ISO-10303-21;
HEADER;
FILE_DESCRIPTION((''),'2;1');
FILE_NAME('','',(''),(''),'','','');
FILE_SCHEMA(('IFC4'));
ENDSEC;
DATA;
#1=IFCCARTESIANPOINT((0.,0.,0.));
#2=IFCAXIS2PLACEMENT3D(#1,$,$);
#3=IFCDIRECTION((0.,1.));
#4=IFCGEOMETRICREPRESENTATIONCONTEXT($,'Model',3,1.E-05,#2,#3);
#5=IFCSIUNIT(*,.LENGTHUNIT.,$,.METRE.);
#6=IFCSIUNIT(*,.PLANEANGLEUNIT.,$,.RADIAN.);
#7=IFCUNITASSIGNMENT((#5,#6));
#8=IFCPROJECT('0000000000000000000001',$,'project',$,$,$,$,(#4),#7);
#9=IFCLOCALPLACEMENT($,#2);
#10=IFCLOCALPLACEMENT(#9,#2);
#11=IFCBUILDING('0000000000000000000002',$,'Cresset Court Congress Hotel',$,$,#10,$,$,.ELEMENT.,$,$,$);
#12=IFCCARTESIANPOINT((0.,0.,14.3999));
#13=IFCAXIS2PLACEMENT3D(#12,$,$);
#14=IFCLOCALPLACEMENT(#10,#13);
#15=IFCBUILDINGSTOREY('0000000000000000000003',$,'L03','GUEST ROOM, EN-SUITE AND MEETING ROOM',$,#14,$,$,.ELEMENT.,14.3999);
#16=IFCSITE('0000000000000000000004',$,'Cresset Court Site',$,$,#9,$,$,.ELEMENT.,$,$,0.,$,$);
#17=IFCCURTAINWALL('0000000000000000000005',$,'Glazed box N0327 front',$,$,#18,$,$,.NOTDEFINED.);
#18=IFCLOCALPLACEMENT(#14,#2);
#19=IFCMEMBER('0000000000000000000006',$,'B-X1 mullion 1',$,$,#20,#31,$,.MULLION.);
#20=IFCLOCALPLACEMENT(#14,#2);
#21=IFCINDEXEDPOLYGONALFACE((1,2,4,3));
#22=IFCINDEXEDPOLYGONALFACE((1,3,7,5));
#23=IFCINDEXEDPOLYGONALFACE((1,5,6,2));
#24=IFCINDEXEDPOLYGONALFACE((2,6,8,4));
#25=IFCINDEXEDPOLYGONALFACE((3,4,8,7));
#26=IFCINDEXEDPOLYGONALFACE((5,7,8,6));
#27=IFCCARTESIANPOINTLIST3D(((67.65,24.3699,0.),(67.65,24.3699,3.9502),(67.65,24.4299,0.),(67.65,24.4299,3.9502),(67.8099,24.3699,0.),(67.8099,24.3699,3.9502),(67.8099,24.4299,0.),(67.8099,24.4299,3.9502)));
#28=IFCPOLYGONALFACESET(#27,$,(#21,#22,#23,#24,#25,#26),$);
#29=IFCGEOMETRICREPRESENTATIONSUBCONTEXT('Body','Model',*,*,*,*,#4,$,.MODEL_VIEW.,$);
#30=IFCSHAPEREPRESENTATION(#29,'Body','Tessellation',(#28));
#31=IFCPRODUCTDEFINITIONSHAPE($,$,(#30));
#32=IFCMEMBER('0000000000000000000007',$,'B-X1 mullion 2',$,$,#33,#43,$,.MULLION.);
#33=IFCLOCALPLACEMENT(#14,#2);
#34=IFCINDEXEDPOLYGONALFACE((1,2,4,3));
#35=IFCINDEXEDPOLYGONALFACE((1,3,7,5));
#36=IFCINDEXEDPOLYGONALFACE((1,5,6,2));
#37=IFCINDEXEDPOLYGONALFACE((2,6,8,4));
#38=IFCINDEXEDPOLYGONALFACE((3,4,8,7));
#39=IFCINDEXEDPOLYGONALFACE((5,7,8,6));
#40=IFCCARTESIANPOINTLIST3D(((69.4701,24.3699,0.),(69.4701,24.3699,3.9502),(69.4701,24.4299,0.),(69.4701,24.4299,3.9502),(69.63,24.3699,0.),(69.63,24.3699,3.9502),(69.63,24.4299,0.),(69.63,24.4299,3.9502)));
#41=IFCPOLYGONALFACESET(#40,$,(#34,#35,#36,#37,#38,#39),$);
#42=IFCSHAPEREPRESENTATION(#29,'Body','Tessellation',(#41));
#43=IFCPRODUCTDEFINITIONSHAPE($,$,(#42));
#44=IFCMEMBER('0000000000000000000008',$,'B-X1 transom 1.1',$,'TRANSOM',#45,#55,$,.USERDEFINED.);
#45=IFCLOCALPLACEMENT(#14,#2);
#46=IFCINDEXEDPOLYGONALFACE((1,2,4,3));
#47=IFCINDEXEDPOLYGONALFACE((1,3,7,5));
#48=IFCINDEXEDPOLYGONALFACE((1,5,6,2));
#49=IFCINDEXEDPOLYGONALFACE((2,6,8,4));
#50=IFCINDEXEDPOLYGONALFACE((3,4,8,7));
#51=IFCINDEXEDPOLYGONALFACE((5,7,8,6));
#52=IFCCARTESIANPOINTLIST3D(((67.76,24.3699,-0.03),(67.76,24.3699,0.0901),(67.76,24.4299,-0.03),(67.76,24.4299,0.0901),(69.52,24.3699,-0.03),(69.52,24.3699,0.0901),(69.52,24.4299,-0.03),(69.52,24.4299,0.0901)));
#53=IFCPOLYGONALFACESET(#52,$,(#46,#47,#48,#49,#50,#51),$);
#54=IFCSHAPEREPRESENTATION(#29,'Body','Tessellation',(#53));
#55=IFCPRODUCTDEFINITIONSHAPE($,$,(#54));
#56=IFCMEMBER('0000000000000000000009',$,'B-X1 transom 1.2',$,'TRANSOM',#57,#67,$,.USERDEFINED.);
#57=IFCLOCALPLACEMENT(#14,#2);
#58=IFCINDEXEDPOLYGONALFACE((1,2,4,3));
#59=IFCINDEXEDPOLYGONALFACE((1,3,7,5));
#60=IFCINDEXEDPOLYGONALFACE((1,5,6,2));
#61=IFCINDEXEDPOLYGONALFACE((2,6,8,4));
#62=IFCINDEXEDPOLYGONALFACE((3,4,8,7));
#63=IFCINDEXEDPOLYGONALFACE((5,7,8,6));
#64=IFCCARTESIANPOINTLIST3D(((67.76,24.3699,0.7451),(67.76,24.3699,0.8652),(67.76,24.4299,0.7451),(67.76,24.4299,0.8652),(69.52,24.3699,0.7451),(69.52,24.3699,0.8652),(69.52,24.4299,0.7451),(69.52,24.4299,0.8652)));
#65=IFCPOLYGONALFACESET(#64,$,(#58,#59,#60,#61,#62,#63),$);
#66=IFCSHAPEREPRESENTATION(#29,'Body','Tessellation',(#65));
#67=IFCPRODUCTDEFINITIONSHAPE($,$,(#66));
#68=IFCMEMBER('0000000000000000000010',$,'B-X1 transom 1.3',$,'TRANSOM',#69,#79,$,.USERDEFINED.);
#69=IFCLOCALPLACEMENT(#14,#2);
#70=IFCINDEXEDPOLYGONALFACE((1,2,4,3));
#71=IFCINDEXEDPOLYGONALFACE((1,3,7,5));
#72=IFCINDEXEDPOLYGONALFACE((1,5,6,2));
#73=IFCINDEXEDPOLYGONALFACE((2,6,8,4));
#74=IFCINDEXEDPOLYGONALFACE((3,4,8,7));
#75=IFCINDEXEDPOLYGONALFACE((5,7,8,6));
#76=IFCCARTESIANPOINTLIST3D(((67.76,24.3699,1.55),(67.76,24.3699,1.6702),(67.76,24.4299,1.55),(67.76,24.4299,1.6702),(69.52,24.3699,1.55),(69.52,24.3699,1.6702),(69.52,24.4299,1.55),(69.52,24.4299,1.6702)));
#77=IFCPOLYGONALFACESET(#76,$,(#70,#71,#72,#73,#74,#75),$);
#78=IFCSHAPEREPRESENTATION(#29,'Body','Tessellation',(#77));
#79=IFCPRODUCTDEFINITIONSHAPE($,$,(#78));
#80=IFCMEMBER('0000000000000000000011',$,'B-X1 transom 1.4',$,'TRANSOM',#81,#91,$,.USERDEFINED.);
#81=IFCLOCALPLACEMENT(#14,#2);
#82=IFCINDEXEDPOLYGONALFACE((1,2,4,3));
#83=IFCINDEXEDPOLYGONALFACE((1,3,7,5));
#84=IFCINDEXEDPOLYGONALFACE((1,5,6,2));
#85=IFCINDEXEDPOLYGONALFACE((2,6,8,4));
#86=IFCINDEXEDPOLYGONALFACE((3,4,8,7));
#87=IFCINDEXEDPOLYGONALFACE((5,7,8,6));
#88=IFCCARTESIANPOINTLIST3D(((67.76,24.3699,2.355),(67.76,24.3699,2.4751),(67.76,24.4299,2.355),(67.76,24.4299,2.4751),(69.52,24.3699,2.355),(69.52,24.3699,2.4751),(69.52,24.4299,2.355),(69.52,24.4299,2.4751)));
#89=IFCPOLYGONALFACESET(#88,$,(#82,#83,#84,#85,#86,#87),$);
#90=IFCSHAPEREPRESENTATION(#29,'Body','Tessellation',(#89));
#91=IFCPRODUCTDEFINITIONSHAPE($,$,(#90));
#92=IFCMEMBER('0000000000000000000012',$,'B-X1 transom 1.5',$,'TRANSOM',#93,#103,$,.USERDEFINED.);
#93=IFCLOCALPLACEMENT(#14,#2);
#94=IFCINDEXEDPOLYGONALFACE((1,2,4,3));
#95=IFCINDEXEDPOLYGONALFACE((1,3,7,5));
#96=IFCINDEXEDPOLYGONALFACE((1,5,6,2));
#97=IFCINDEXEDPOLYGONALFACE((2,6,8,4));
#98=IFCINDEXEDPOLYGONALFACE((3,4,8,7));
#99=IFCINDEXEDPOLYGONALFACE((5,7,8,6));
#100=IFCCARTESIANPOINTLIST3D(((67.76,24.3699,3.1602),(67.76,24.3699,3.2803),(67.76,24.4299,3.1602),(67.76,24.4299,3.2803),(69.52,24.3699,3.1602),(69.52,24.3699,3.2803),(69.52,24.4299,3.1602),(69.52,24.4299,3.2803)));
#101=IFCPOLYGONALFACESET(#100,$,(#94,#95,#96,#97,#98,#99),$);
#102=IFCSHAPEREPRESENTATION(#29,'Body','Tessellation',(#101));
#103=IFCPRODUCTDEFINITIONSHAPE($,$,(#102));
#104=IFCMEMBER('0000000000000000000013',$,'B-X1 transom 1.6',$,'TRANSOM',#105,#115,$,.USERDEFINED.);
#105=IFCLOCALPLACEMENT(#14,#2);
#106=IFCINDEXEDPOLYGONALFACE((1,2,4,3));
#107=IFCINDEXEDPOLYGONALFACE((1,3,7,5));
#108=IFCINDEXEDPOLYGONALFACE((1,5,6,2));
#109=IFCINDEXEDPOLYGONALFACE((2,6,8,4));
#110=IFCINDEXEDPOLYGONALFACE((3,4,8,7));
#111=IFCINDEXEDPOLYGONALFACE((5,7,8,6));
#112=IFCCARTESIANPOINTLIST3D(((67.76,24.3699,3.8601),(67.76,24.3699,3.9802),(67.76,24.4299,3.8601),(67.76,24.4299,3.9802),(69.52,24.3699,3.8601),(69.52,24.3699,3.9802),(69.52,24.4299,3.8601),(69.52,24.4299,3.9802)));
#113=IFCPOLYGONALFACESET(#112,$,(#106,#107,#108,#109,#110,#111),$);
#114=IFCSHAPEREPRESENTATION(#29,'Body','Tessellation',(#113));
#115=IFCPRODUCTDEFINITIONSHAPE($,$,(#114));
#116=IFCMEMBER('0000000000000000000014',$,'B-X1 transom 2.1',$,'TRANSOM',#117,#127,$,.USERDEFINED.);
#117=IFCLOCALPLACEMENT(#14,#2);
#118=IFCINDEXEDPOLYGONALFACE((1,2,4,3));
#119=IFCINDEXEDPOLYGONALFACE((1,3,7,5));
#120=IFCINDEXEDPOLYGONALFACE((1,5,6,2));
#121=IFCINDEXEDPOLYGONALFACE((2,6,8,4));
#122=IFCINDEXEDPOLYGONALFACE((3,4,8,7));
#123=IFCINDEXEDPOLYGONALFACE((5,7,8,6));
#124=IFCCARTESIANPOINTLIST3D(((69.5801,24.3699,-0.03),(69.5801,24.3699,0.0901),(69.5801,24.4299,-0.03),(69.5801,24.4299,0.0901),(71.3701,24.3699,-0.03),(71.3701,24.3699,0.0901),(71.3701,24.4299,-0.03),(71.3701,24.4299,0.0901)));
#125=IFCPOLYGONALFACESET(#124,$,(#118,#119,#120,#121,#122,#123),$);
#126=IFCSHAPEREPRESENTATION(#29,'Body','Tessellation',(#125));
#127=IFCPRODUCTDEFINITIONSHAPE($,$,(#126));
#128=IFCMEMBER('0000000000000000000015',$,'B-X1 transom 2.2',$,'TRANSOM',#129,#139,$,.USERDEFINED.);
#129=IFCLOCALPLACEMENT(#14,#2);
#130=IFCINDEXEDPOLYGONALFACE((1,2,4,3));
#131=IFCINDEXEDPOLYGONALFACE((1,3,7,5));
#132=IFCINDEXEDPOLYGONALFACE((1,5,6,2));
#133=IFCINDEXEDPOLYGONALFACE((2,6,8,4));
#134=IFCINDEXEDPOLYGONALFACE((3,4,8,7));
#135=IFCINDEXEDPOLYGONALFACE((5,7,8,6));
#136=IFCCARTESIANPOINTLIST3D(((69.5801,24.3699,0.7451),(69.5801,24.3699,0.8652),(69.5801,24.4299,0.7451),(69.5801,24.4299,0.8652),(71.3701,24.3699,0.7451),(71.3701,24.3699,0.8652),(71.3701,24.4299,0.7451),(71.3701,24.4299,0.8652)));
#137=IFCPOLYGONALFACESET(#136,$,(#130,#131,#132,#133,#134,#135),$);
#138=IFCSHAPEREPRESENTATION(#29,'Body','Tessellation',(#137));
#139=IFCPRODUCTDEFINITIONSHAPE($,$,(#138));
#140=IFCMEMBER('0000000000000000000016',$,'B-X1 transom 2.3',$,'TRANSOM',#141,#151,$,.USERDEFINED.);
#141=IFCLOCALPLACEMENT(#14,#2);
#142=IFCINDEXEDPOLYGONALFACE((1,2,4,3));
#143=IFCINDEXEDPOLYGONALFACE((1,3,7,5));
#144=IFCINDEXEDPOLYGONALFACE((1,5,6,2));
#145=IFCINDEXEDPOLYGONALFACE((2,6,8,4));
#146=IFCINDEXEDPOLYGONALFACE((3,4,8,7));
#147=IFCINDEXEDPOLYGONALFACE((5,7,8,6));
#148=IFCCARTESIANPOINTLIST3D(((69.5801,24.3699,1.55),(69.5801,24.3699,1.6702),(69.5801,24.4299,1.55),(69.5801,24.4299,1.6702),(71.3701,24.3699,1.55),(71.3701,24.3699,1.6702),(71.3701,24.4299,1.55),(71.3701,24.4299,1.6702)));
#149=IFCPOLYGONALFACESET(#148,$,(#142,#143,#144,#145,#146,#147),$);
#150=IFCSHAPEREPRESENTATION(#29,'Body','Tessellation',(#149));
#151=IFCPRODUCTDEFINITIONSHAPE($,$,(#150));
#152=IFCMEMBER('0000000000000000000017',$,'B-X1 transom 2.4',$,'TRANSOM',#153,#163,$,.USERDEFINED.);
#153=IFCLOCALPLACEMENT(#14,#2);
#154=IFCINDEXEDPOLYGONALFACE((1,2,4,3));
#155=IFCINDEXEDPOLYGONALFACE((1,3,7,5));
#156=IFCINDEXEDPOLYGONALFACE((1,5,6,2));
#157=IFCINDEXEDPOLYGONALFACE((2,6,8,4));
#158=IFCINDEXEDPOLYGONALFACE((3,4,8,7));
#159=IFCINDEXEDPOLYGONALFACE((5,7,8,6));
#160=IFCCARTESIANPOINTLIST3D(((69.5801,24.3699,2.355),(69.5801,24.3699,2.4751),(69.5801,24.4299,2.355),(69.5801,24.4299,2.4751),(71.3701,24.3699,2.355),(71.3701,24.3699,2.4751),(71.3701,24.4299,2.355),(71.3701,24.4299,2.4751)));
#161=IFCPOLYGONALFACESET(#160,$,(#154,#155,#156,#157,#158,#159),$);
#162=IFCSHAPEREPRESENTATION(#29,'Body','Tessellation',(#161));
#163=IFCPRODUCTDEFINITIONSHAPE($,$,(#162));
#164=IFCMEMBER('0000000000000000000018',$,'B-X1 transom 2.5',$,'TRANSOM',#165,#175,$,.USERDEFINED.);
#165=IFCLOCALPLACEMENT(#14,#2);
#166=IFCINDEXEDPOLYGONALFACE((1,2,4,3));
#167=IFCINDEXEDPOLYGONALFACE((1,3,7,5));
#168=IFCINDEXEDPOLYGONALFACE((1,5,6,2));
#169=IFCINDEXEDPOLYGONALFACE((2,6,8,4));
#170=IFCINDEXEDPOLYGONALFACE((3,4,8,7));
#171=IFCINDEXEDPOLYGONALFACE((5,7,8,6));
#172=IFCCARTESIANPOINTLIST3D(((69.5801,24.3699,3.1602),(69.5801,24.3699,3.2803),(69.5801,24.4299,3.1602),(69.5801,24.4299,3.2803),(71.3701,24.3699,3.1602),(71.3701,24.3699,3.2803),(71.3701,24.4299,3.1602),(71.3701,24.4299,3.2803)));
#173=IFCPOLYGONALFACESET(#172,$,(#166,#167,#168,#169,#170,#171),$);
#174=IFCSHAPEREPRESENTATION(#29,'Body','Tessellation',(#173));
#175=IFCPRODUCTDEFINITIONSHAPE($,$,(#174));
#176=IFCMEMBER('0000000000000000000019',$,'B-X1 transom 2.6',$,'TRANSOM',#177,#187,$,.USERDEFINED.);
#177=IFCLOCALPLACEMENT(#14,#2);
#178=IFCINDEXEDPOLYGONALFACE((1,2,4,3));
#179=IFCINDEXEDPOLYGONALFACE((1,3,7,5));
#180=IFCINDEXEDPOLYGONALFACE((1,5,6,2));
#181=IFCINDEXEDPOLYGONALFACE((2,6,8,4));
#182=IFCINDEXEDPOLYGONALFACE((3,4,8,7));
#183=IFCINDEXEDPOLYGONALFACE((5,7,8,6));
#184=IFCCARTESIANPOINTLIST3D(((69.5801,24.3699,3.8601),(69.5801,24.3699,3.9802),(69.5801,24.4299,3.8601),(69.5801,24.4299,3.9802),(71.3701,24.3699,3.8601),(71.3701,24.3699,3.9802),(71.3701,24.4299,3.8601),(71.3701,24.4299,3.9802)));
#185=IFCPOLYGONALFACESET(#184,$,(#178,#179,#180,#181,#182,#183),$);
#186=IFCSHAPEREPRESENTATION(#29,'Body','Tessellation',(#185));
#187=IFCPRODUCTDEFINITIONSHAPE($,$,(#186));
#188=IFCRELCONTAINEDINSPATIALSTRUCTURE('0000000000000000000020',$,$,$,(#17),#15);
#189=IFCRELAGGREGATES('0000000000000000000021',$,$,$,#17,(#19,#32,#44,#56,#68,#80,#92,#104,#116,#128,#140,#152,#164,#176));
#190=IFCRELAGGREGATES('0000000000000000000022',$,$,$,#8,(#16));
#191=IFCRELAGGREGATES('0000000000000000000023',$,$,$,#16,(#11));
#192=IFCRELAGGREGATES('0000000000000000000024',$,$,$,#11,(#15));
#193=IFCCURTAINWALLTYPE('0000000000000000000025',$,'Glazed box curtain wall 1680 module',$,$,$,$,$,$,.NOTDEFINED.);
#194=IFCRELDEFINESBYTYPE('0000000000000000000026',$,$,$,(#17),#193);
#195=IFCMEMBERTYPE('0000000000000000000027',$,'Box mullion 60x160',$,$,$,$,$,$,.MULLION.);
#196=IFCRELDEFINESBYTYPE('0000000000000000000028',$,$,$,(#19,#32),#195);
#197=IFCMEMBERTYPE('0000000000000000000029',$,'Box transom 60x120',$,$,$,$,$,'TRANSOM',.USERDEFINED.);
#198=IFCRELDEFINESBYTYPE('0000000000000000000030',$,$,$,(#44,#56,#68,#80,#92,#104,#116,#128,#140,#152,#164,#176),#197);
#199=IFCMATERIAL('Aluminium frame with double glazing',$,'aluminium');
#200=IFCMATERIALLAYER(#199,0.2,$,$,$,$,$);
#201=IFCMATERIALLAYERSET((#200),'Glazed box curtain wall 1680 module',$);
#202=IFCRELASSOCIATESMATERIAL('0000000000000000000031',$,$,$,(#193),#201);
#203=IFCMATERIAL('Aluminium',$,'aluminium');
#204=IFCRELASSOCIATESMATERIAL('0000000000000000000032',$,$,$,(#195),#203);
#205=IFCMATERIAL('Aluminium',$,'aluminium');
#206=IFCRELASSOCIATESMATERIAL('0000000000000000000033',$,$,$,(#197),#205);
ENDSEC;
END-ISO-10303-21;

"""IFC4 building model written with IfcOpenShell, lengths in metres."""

from ifc_helpers import new_model, si_unit, direction, frame, origin, origin_2d, place, context, subcontext, project, spatial, rectangle, extrude, material, layer, layer_set, material_profile, profile_set, type_object, element, aggregate, save


model = new_model("IFC4")

# Units and contexts
model_context = context("Model", 3, precision=1e-05, world=origin(), true_north=direction((0.0, 1.0)))
body_context = subcontext(model_context, "Body", "Model", "MODEL_VIEW")
ifc_project = project(units=[si_unit("LENGTHUNIT", "METRE"), si_unit("PLANEANGLEUNIT", "RADIAN")], contexts=[model_context])

# Site, building, storey
site_placement = place(None, origin())
site = spatial("IfcSite", under=ifc_project, at=site_placement, Name="Cresset Court Site", CompositionType="ELEMENT", RefElevation=0.0)
building_placement = place(site_placement, origin())
building = spatial("IfcBuilding", under=site, at=building_placement, Name="Cresset Court Congress Hotel", CompositionType="ELEMENT")
storey_placement = place(building_placement, frame((0.0, 0.0, 14.3999)))
storey = spatial("IfcBuildingStorey", under=building, at=storey_placement, Name="L03", Description="GUEST ROOM, EN-SUITE AND MEETING ROOM", CompositionType="ELEMENT", Elevation=14.3999)

# Curtain wall, members
ifc_material_1 = material(Name="Aluminium frame with double glazing", Category="aluminium")
ifc_layer_1 = layer(ifc_material_1, 0.2)
ifc_layer_set_1 = layer_set([ifc_layer_1], Name="Glazed box curtain wall 1680 module")
curtain_wall_type = type_object("IfcCurtainWallType", Name="Glazed box curtain wall 1680 module", PredefinedType="NOTDEFINED", material=ifc_layer_set_1)
curtain_wall_placement = place(storey_placement, origin())
curtain_wall = element("IfcCurtainWall", 1, at=curtain_wall_placement, inside=storey, type_object=curtain_wall_type, Name="Glazed box N0327 front", PredefinedType="NOTDEFINED")
ifc_material_2 = material(Name="Aluminium", Category="aluminium")
ifc_material_profile_1 = material_profile(ifc_material_2, rectangle(XDim=0.0601, YDim=0.1599, at=origin_2d()), Name="Box mullion 60x160")
ifc_profile_set_1 = profile_set([ifc_material_profile_1], Name="Aluminium")
member_type_1 = type_object("IfcMemberType", Name="Box mullion 60x160", PredefinedType="MULLION", material=ifc_profile_set_1)
member_1_placement = place(storey_placement, frame((67.73, 24.3999, 0.0), z_axis=(0.0, 0.0, 1.0), x_axis=(0.0, 1.0, 0.0)))
member_1 = element("IfcMember", 2, at=member_1_placement, type_object=member_type_1, Name="B-X1 mullion 1", PredefinedType="MULLION", context=body_context, shape_type="SweptSolid", body=[
    extrude(rectangle(XDim=0.0601, YDim=0.1599, at=origin_2d()), origin(), (0.0, 0.0, 1.0), 3.9502),
])
member_2_placement = place(storey_placement, frame((69.55, 24.3999, 0.0), z_axis=(0.0, 0.0, 1.0), x_axis=(0.0, 1.0, 0.0)))
member_2 = element("IfcMember", 3, at=member_2_placement, type_object=member_type_1, Name="B-X1 mullion 2", PredefinedType="MULLION", context=body_context, shape_type="SweptSolid", body=[
    extrude(rectangle(XDim=0.0601, YDim=0.1599, at=origin_2d()), origin(), (0.0, 0.0, 1.0), 3.9502),
])
ifc_material_3 = material(Name="Aluminium", Category="aluminium")
ifc_material_profile_2 = material_profile(ifc_material_3, rectangle(XDim=0.0601, YDim=0.1201, at=origin_2d()), Name="Box transom 60x120")
ifc_profile_set_2 = profile_set([ifc_material_profile_2], Name="Aluminium")
member_type_2 = type_object("IfcMemberType", Name="Box transom 60x120", ElementType="TRANSOM", PredefinedType="USERDEFINED", material=ifc_profile_set_2)
member_3_placement = place(storey_placement, frame((67.76, 24.3999, 0.03), z_axis=(1.0, 0.0, 0.0), x_axis=(0.0, 1.0, 0.0)))
member_3 = element("IfcMember", 4, at=member_3_placement, type_object=member_type_2, Name="B-X1 transom 1.1", ObjectType="TRANSOM", PredefinedType="USERDEFINED", context=body_context, shape_type="SweptSolid", body=[
    extrude(rectangle(XDim=0.0601, YDim=0.1201, at=origin_2d()), origin(), (0.0, 0.0, 1.0), 1.76),
])
member_4_placement = place(storey_placement, frame((67.76, 24.3999, 0.8052), z_axis=(1.0, 0.0, 0.0), x_axis=(0.0, 1.0, 0.0)))
member_4 = element("IfcMember", 5, at=member_4_placement, type_object=member_type_2, Name="B-X1 transom 1.2", ObjectType="TRANSOM", PredefinedType="USERDEFINED", context=body_context, shape_type="SweptSolid", body=[
    extrude(rectangle(XDim=0.0601, YDim=0.1201, at=origin_2d()), origin(), (0.0, 0.0, 1.0), 1.76),
])
member_5_placement = place(storey_placement, frame((67.76, 24.3999, 1.6101), z_axis=(1.0, 0.0, 0.0), x_axis=(0.0, 1.0, 0.0)))
member_5 = element("IfcMember", 6, at=member_5_placement, type_object=member_type_2, Name="B-X1 transom 1.3", ObjectType="TRANSOM", PredefinedType="USERDEFINED", context=body_context, shape_type="SweptSolid", body=[
    extrude(rectangle(XDim=0.0601, YDim=0.1201, at=origin_2d()), origin(), (0.0, 0.0, 1.0), 1.76),
])
member_6_placement = place(storey_placement, frame((67.76, 24.3999, 2.415), z_axis=(1.0, 0.0, 0.0), x_axis=(0.0, 1.0, 0.0)))
member_6 = element("IfcMember", 7, at=member_6_placement, type_object=member_type_2, Name="B-X1 transom 1.4", ObjectType="TRANSOM", PredefinedType="USERDEFINED", context=body_context, shape_type="SweptSolid", body=[
    extrude(rectangle(XDim=0.0601, YDim=0.1201, at=origin_2d()), origin(), (0.0, 0.0, 1.0), 1.76),
])
member_7_placement = place(storey_placement, frame((67.76, 24.3999, 3.2202), z_axis=(1.0, 0.0, 0.0), x_axis=(0.0, 1.0, 0.0)))
member_7 = element("IfcMember", 8, at=member_7_placement, type_object=member_type_2, Name="B-X1 transom 1.5", ObjectType="TRANSOM", PredefinedType="USERDEFINED", context=body_context, shape_type="SweptSolid", body=[
    extrude(rectangle(XDim=0.0601, YDim=0.1201, at=origin_2d()), origin(), (0.0, 0.0, 1.0), 1.76),
])
member_8_placement = place(storey_placement, frame((67.76, 24.3999, 3.9202), z_axis=(1.0, 0.0, 0.0), x_axis=(0.0, 1.0, 0.0)))
member_8 = element("IfcMember", 9, at=member_8_placement, type_object=member_type_2, Name="B-X1 transom 1.6", ObjectType="TRANSOM", PredefinedType="USERDEFINED", context=body_context, shape_type="SweptSolid", body=[
    extrude(rectangle(XDim=0.0601, YDim=0.1201, at=origin_2d()), origin(), (0.0, 0.0, 1.0), 1.76),
])
member_9_placement = place(storey_placement, frame((69.5801, 24.3999, 0.03), z_axis=(1.0, 0.0, 0.0), x_axis=(0.0, 1.0, 0.0)))
member_9 = element("IfcMember", 10, at=member_9_placement, type_object=member_type_2, Name="B-X1 transom 2.1", ObjectType="TRANSOM", PredefinedType="USERDEFINED", context=body_context, shape_type="SweptSolid", body=[
    extrude(rectangle(XDim=0.0601, YDim=0.1201, at=origin_2d()), origin(), (0.0, 0.0, 1.0), 1.79),
])
member_10_placement = place(storey_placement, frame((69.5801, 24.3999, 0.8052), z_axis=(1.0, 0.0, 0.0), x_axis=(0.0, 1.0, 0.0)))
member_10 = element("IfcMember", 11, at=member_10_placement, type_object=member_type_2, Name="B-X1 transom 2.2", ObjectType="TRANSOM", PredefinedType="USERDEFINED", context=body_context, shape_type="SweptSolid", body=[
    extrude(rectangle(XDim=0.0601, YDim=0.1201, at=origin_2d()), origin(), (0.0, 0.0, 1.0), 1.79),
])
member_11_placement = place(storey_placement, frame((69.5801, 24.3999, 1.6101), z_axis=(1.0, 0.0, 0.0), x_axis=(0.0, 1.0, 0.0)))
member_11 = element("IfcMember", 12, at=member_11_placement, type_object=member_type_2, Name="B-X1 transom 2.3", ObjectType="TRANSOM", PredefinedType="USERDEFINED", context=body_context, shape_type="SweptSolid", body=[
    extrude(rectangle(XDim=0.0601, YDim=0.1201, at=origin_2d()), origin(), (0.0, 0.0, 1.0), 1.79),
])
member_12_placement = place(storey_placement, frame((69.5801, 24.3999, 2.415), z_axis=(1.0, 0.0, 0.0), x_axis=(0.0, 1.0, 0.0)))
member_12 = element("IfcMember", 13, at=member_12_placement, type_object=member_type_2, Name="B-X1 transom 2.4", ObjectType="TRANSOM", PredefinedType="USERDEFINED", context=body_context, shape_type="SweptSolid", body=[
    extrude(rectangle(XDim=0.0601, YDim=0.1201, at=origin_2d()), origin(), (0.0, 0.0, 1.0), 1.79),
])
member_13_placement = place(storey_placement, frame((69.5801, 24.3999, 3.2202), z_axis=(1.0, 0.0, 0.0), x_axis=(0.0, 1.0, 0.0)))
member_13 = element("IfcMember", 14, at=member_13_placement, type_object=member_type_2, Name="B-X1 transom 2.5", ObjectType="TRANSOM", PredefinedType="USERDEFINED", context=body_context, shape_type="SweptSolid", body=[
    extrude(rectangle(XDim=0.0601, YDim=0.1201, at=origin_2d()), origin(), (0.0, 0.0, 1.0), 1.79),
])
member_14_placement = place(storey_placement, frame((69.5801, 24.3999, 3.9202), z_axis=(1.0, 0.0, 0.0), x_axis=(0.0, 1.0, 0.0)))
member_14 = element("IfcMember", 15, at=member_14_placement, type_object=member_type_2, Name="B-X1 transom 2.6", ObjectType="TRANSOM", PredefinedType="USERDEFINED", context=body_context, shape_type="SweptSolid", body=[
    extrude(rectangle(XDim=0.0601, YDim=0.1201, at=origin_2d()), origin(), (0.0, 0.0, 1.0), 1.79),
])

aggregate(curtain_wall, [member_1, member_2, member_3, member_4, member_5, member_6, member_7, member_8, member_9, member_10, member_11, member_12, member_13, member_14])

save(model, "model.ifc")
